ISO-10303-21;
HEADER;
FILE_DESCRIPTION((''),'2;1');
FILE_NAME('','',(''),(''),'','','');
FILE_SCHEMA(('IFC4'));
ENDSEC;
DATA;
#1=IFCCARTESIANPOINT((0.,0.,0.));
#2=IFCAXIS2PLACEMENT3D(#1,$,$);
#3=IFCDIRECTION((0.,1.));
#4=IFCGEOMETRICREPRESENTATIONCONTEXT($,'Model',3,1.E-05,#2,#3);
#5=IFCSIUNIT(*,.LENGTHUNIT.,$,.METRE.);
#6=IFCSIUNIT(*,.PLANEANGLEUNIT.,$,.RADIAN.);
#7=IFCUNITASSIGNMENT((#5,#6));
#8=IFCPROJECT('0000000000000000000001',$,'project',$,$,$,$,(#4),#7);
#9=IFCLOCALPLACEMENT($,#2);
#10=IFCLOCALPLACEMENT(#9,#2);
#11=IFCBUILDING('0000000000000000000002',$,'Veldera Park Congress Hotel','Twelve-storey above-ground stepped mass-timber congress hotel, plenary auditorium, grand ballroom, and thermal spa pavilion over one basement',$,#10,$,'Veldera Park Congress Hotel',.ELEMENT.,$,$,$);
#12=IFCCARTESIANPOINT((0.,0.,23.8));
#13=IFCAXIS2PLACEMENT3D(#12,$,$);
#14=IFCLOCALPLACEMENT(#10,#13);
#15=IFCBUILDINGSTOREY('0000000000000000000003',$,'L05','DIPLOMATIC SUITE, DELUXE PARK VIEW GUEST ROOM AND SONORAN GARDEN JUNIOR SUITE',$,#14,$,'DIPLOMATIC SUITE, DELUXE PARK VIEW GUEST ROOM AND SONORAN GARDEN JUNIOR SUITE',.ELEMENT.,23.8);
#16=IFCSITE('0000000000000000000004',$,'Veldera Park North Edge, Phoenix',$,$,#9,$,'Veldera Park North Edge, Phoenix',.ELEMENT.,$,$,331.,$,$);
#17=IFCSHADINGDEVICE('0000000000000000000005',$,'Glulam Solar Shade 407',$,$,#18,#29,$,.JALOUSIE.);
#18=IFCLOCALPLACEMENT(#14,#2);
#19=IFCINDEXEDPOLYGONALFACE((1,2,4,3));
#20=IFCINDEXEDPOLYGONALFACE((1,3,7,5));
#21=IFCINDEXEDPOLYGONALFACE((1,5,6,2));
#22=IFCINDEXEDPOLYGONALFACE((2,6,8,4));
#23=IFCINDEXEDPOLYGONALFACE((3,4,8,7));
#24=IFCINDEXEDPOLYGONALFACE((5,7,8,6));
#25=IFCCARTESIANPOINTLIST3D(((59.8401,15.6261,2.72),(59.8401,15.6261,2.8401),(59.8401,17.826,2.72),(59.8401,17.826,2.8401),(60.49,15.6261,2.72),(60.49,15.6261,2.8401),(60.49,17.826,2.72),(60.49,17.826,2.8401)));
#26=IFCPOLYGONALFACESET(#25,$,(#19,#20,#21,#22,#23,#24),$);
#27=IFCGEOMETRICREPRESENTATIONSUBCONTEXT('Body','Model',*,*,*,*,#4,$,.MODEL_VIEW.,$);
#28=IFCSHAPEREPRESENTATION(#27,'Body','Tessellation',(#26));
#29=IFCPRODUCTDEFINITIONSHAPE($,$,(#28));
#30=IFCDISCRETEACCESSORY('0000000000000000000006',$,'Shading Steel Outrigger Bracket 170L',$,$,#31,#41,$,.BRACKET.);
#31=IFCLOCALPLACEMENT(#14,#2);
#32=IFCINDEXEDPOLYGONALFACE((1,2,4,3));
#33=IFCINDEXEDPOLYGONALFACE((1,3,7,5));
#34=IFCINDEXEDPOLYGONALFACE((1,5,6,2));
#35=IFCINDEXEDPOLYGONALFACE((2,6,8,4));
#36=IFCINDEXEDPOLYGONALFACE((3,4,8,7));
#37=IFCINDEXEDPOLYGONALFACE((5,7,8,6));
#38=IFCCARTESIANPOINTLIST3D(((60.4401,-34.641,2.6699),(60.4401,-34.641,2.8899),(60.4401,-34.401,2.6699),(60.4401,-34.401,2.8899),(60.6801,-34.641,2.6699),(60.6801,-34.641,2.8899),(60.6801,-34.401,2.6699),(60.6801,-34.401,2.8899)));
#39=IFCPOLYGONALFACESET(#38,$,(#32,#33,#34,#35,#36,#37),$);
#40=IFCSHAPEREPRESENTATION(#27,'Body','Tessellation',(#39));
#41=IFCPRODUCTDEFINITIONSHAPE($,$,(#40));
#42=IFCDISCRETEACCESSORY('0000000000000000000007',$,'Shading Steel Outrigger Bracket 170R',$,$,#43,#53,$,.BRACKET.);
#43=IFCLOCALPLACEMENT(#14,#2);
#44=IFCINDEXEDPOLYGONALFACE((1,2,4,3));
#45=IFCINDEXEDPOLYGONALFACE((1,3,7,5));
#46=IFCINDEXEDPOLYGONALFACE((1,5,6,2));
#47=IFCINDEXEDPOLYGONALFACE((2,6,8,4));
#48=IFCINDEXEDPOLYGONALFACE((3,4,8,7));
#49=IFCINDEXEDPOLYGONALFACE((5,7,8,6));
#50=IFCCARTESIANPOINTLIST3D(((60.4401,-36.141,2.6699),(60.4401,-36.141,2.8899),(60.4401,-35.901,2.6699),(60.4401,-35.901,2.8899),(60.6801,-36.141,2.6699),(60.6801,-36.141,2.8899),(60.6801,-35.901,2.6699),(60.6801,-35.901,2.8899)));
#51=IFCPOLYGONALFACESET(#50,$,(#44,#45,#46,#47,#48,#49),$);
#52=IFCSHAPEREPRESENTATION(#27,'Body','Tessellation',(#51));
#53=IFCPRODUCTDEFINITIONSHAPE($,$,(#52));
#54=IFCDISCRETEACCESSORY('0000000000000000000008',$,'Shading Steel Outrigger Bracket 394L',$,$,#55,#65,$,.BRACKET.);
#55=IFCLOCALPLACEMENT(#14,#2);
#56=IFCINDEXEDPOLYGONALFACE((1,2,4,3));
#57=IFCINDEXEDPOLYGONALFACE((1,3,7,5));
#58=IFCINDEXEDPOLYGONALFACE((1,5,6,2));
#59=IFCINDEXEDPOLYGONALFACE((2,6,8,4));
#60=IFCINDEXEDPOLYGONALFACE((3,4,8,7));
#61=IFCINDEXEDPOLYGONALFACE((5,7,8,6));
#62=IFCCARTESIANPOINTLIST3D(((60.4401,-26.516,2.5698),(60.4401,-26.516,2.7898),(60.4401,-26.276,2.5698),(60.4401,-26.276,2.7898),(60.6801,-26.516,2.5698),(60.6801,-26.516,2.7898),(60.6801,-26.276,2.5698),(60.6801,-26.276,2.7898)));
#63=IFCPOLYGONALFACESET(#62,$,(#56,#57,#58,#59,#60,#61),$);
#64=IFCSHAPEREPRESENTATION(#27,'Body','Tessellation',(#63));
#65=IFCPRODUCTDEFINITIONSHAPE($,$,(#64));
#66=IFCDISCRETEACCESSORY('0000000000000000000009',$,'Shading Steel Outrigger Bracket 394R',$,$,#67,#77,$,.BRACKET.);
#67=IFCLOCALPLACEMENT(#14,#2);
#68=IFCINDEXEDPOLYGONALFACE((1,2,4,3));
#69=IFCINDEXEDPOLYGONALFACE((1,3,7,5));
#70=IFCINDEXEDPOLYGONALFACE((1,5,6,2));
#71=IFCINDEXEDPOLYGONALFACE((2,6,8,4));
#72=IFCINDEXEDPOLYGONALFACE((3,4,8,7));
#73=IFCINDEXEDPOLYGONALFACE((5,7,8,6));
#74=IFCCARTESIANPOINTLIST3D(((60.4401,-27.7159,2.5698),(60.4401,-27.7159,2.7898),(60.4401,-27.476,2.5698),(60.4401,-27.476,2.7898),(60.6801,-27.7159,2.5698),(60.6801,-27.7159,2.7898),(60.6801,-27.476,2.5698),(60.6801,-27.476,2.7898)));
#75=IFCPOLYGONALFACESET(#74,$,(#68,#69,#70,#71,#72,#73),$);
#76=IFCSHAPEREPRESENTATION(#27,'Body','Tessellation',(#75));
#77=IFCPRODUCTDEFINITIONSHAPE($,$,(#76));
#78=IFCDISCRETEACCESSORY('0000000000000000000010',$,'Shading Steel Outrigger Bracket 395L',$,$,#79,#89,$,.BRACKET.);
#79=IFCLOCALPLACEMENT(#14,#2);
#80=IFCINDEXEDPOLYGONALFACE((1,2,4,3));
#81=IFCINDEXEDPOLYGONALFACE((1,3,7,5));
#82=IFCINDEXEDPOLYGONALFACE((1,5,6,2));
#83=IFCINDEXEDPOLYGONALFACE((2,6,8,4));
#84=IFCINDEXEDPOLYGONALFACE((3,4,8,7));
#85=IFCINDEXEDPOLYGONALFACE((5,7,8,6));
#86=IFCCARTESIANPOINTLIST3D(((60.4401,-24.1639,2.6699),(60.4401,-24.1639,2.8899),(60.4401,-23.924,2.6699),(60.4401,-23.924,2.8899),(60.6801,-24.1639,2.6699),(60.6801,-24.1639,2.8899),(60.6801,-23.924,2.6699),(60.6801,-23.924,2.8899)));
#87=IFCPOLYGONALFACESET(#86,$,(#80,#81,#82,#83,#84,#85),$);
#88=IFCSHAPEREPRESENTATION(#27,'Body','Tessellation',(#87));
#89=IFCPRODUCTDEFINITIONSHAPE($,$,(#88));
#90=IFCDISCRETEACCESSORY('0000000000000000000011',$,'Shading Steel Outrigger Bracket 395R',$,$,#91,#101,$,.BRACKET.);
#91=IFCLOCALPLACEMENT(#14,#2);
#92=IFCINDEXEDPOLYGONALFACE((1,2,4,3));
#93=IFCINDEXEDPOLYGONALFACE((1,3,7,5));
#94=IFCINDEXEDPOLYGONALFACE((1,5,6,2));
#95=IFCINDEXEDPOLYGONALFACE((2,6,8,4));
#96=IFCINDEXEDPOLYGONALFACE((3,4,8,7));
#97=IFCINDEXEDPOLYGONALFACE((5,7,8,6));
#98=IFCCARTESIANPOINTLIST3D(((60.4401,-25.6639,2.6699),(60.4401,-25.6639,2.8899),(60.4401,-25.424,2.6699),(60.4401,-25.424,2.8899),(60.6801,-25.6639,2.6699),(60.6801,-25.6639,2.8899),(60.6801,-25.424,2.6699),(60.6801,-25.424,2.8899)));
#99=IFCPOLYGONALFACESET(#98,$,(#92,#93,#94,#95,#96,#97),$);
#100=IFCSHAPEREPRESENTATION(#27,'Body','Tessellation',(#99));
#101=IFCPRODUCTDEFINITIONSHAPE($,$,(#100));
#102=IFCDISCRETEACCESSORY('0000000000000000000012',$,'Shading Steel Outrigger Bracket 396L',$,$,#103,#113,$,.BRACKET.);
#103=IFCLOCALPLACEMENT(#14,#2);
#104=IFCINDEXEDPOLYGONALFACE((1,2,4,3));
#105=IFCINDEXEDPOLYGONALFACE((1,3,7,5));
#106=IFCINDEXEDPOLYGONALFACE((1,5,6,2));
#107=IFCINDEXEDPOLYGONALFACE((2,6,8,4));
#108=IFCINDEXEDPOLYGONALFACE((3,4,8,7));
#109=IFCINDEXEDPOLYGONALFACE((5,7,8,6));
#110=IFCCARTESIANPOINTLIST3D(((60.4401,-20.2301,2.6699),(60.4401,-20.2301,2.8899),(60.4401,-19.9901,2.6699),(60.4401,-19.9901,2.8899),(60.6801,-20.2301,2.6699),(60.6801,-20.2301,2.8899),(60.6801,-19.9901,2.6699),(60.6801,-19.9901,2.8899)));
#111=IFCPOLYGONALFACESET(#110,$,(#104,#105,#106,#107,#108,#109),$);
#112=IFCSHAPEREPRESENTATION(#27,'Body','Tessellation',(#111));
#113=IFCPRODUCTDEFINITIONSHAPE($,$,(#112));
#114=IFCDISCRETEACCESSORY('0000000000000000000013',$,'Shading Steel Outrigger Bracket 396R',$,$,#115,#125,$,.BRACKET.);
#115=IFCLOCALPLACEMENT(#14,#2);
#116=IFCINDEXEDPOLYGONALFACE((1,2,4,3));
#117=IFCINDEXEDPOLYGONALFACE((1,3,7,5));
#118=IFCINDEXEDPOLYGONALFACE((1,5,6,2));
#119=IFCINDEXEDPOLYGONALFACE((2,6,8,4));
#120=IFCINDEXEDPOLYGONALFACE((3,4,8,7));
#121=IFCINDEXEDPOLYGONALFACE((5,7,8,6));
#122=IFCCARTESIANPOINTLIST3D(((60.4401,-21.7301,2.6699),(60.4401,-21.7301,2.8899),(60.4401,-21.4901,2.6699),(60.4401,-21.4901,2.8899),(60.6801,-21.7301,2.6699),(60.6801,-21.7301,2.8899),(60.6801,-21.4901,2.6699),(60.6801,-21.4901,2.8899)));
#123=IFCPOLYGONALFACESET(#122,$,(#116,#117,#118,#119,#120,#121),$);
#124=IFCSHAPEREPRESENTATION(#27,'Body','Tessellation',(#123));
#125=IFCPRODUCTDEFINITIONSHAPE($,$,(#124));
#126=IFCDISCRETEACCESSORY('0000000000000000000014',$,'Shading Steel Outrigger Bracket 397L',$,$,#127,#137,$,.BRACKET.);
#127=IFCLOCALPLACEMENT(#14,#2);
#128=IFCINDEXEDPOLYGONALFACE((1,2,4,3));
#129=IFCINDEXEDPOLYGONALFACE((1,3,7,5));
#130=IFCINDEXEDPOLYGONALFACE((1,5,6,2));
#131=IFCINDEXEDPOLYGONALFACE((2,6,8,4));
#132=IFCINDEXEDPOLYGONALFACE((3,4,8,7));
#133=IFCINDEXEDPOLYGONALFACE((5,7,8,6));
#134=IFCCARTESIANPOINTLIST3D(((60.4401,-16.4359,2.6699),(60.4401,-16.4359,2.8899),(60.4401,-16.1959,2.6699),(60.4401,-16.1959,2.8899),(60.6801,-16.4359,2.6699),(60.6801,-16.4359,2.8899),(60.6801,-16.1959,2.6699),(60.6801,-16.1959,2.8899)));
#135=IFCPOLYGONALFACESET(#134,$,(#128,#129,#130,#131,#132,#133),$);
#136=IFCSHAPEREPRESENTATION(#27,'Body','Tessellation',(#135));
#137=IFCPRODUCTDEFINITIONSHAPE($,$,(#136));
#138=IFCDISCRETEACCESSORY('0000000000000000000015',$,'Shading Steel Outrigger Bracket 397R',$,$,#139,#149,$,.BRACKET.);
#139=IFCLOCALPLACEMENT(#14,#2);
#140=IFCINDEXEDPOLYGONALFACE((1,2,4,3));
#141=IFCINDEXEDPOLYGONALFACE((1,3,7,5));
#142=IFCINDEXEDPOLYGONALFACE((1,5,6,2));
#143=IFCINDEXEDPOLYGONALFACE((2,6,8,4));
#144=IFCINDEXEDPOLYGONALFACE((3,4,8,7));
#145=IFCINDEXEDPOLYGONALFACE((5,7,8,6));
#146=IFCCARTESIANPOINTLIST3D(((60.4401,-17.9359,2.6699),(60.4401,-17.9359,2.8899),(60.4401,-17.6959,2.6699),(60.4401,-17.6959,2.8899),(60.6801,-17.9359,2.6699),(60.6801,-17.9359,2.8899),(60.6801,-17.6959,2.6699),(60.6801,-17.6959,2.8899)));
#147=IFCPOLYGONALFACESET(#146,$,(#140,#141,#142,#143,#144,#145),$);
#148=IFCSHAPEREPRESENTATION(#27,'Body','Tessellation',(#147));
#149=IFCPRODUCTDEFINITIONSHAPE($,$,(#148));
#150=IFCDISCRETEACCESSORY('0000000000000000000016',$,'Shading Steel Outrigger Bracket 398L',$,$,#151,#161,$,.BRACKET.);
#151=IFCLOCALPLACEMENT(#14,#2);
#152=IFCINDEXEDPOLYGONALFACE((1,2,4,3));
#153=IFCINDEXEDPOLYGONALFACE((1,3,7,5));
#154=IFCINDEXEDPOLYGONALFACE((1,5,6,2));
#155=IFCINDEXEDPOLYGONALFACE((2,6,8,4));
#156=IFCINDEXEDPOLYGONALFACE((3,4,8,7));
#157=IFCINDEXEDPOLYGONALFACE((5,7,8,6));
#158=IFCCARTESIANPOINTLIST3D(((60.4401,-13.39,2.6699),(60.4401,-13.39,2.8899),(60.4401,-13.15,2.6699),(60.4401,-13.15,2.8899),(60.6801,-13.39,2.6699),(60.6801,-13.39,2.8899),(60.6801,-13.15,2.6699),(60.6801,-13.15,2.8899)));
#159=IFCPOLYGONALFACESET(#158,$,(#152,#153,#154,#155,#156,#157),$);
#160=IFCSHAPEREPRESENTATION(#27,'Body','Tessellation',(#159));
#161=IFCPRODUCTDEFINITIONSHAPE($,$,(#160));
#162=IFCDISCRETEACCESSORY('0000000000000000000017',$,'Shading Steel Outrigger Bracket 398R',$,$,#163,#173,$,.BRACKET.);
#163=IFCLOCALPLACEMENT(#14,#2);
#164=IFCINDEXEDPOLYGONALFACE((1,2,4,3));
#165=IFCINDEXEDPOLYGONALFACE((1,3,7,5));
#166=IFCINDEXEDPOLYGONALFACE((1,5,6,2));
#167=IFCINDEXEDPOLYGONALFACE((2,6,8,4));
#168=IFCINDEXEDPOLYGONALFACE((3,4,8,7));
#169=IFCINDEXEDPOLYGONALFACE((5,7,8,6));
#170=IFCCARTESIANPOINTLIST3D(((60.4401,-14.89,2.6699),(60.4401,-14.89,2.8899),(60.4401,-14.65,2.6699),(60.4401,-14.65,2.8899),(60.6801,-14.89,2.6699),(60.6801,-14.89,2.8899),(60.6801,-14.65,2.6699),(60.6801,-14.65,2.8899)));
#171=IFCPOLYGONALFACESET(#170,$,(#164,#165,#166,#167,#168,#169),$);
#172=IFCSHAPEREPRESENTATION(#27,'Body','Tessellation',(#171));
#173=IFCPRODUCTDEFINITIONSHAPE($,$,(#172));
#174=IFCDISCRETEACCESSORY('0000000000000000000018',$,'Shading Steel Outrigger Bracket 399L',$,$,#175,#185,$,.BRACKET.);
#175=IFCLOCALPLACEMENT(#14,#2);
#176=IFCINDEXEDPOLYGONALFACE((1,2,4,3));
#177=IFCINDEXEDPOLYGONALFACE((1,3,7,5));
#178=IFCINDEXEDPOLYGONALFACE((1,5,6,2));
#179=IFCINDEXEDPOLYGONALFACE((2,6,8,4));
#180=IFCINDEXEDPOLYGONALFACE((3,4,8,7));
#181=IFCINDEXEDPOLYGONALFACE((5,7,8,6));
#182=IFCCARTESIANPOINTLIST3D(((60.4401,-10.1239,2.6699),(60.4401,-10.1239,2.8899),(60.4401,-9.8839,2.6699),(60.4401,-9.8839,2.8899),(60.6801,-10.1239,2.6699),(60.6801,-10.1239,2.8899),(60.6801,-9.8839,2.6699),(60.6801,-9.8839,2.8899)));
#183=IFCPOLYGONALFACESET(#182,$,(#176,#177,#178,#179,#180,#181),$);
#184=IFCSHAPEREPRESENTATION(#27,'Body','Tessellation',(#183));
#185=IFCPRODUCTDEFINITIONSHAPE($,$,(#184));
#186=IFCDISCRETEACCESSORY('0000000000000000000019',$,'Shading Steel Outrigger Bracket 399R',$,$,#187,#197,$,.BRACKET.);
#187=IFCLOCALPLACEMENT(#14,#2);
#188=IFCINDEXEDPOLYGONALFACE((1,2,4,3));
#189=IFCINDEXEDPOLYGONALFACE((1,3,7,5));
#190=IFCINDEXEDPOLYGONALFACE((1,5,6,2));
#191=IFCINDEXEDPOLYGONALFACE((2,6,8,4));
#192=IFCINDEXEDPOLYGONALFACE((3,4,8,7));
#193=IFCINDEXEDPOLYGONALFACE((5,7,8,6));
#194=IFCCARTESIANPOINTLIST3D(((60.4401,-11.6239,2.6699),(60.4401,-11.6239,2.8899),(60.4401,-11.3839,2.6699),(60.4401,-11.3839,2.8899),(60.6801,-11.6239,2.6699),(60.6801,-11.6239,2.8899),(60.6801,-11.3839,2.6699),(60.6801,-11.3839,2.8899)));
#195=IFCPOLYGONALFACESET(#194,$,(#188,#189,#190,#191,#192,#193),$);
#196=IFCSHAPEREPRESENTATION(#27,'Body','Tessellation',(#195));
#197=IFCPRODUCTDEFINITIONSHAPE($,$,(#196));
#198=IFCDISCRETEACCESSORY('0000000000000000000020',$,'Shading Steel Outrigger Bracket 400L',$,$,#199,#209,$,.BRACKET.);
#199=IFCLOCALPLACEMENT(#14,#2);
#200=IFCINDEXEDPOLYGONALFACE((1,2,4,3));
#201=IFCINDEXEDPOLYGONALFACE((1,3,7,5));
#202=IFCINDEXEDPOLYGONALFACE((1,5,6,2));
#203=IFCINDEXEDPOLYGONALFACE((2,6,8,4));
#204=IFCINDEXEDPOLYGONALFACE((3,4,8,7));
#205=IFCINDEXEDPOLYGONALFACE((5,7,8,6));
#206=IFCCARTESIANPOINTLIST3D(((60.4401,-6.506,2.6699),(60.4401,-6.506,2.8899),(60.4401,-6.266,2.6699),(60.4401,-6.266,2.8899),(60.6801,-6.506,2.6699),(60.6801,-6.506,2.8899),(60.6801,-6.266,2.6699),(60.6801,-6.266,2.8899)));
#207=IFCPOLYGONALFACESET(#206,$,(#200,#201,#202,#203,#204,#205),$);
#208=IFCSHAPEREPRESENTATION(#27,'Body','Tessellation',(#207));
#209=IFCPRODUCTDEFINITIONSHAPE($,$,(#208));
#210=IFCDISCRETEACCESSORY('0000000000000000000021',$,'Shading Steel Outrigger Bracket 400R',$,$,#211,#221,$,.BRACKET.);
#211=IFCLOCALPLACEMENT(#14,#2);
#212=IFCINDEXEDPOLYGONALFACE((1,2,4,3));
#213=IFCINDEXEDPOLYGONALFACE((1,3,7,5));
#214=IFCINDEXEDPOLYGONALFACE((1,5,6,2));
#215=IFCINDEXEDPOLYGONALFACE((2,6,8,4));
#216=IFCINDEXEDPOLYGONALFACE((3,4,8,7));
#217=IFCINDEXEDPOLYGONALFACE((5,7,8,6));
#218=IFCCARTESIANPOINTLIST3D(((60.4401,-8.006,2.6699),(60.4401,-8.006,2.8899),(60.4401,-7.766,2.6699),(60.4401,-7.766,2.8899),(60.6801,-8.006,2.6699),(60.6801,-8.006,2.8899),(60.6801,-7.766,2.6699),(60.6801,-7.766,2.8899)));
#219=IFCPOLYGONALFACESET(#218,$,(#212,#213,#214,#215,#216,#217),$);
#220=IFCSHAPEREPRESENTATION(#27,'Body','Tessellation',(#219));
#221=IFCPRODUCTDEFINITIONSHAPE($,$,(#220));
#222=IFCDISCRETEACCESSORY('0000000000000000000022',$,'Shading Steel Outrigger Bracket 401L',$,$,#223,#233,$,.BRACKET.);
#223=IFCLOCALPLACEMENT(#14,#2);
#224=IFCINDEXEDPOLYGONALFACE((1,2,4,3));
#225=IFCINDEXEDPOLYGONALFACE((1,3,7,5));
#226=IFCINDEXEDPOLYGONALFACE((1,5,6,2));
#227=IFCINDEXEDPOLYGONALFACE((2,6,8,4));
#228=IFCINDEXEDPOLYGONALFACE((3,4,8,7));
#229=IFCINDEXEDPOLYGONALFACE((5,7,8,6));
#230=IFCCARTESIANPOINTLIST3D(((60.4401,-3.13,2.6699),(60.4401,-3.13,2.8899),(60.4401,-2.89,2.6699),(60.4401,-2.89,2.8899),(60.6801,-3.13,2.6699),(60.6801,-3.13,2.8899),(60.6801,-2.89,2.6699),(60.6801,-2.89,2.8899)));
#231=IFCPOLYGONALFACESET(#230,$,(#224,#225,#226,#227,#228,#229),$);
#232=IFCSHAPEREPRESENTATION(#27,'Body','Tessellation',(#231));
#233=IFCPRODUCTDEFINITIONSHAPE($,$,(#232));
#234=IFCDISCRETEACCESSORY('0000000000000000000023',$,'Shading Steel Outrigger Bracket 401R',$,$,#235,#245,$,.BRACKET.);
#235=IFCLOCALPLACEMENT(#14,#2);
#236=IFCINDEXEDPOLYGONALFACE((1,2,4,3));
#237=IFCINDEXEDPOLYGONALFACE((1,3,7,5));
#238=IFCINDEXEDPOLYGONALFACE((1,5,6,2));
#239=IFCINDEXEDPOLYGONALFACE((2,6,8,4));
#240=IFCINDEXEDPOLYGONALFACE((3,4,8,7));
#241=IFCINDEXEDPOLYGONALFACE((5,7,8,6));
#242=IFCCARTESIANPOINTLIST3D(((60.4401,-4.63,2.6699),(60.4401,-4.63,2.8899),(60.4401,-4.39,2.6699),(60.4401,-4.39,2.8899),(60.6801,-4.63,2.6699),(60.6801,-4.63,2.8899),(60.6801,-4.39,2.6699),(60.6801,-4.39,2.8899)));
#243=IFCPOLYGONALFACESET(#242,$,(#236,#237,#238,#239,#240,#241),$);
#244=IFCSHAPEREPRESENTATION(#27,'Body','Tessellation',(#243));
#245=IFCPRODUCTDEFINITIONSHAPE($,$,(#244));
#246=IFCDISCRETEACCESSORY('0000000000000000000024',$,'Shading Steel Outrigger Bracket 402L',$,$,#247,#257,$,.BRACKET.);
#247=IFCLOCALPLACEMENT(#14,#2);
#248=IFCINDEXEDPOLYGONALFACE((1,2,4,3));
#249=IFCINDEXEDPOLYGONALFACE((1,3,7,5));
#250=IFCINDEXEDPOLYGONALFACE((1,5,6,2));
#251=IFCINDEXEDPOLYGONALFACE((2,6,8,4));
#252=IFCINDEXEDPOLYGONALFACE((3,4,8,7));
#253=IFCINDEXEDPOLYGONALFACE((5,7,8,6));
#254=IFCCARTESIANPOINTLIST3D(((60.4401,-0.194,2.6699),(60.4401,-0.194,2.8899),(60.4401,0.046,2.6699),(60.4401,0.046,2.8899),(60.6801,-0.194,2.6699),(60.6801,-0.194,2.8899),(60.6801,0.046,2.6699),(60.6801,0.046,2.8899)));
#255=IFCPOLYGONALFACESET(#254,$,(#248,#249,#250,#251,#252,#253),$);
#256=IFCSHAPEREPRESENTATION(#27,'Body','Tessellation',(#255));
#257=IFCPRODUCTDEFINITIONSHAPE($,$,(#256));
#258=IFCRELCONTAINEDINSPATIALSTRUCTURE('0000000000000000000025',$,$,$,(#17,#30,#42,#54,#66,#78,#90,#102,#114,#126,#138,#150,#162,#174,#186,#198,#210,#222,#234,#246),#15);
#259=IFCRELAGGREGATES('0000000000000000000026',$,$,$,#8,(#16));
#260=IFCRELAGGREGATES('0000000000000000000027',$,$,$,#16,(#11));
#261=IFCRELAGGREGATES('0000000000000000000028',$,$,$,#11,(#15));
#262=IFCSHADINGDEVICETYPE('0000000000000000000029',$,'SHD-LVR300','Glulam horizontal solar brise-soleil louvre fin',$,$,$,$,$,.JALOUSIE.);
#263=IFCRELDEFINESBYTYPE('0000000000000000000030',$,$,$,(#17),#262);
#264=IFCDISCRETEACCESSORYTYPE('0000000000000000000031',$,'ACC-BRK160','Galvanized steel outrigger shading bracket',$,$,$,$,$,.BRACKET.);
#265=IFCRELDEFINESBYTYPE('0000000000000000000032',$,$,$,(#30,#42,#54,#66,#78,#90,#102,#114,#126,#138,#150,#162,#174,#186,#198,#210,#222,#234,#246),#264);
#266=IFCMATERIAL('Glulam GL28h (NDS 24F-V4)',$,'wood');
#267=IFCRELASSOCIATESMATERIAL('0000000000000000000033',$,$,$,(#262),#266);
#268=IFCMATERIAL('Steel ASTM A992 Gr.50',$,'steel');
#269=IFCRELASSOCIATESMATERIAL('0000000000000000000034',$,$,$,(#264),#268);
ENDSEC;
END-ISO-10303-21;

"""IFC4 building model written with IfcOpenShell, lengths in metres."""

from ifc_helpers import new_model, si_unit, direction, frame, origin, origin_2d, place, context, subcontext, project, spatial, rectangle, extrude, material, type_object, element, save


model = new_model("IFC4")

# Units and contexts
model_context = context("Model", 3, precision=1e-05, world=origin(), true_north=direction((0.0, 1.0)))
body_context = subcontext(model_context, "Body", "Model", "MODEL_VIEW")
ifc_project = project(units=[si_unit("LENGTHUNIT", "METRE"), si_unit("PLANEANGLEUNIT", "RADIAN")], contexts=[model_context])

# Site, building, storey
site_placement = place(None, origin())
site = spatial("IfcSite", under=ifc_project, at=site_placement, Name="Veldera Park North Edge, Phoenix", LongName="Veldera Park North Edge, Phoenix", CompositionType="ELEMENT", RefElevation=331.0)
building_placement = place(site_placement, origin())
building = spatial("IfcBuilding", under=site, at=building_placement, Name="Veldera Park Congress Hotel", Description="Twelve-storey above-ground stepped mass-timber congress hotel, plenary auditorium, grand ballroom, and thermal spa pavilion over one basement", LongName="Veldera Park Congress Hotel", CompositionType="ELEMENT")
storey_placement = place(building_placement, frame((0.0, 0.0, 23.8)))
storey = spatial("IfcBuildingStorey", under=building, at=storey_placement, Name="L05", Description="DIPLOMATIC SUITE, DELUXE PARK VIEW GUEST ROOM AND SONORAN GARDEN JUNIOR SUITE", LongName="DIPLOMATIC SUITE, DELUXE PARK VIEW GUEST ROOM AND SONORAN GARDEN JUNIOR SUITE", CompositionType="ELEMENT", Elevation=23.8)

# Shading device
ifc_material_1 = material(Name="Glulam GL28h (NDS 24F-V4)", Category="wood")
shading_device_type = type_object("IfcShadingDeviceType", Name="SHD-LVR300", Description="Glulam horizontal solar brise-soleil louvre fin", PredefinedType="JALOUSIE", material=ifc_material_1)
shading_device_placement = place(storey_placement, frame((60.165, 16.7261, 2.72), z_axis=(0.0, 0.0, 1.0), x_axis=(0.0, -1.0, 0.0)))
element("IfcShadingDevice", 1, at=shading_device_placement, inside=storey, type_object=shading_device_type, Name="Glulam Solar Shade 407", PredefinedType="JALOUSIE", context=body_context, shape_type="SweptSolid", body=[
    extrude(rectangle(XDim=2.2, YDim=0.6499, at=origin_2d()), origin(), (0.0, 0.0, 1.0), 0.1201),
])

# Discrete accessories
ifc_material_2 = material(Name="Steel ASTM A992 Gr.50", Category="steel")
discrete_accessory_type = type_object("IfcDiscreteAccessoryType", Name="ACC-BRK160", Description="Galvanized steel outrigger shading bracket", PredefinedType="BRACKET", material=ifc_material_2)
for number, where, z_axis, x_axis, name in (
    (2, (60.5601, -34.521, 2.6699), (0.0, 0.0, 1.0), (0.0, -1.0, 0.0), "Shading Steel Outrigger Bracket 170L"),
    (3, (60.5601, -36.021, 2.6699), (0.0, 0.0, 1.0), (0.0, -1.0, 0.0), "Shading Steel Outrigger Bracket 170R"),
    (4, (60.5601, -26.396, 2.5698), (0.0, 0.0, 1.0), (0.0, -1.0, 0.0), "Shading Steel Outrigger Bracket 394L"),
    (5, (60.5601, -27.5959, 2.5698), (0.0, 0.0, 1.0), (0.0, -1.0, 0.0), "Shading Steel Outrigger Bracket 394R"),
    (6, (60.5601, -24.0439, 2.6699), (0.0, 0.0, 1.0), (0.0, -1.0, 0.0), "Shading Steel Outrigger Bracket 395L"),
    (7, (60.5601, -25.5439, 2.6699), (0.0, 0.0, 1.0), (0.0, -1.0, 0.0), "Shading Steel Outrigger Bracket 395R"),
    (8, (60.5601, -20.1101, 2.6699), (0.0, 0.0, 1.0), (0.0, -1.0, 0.0), "Shading Steel Outrigger Bracket 396L"),
    (9, (60.5601, -21.6101, 2.6699), (0.0, 0.0, 1.0), (0.0, -1.0, 0.0), "Shading Steel Outrigger Bracket 396R"),
    (10, (60.5601, -16.3159, 2.6699), (0.0, 0.0, 1.0), (0.0, -1.0, 0.0), "Shading Steel Outrigger Bracket 397L"),
    (11, (60.5601, -17.8159, 2.6699), (0.0, 0.0, 1.0), (0.0, -1.0, 0.0), "Shading Steel Outrigger Bracket 397R"),
    (12, (60.5601, -13.27, 2.6699), (0.0, 0.0, 1.0), (0.0, -1.0, 0.0), "Shading Steel Outrigger Bracket 398L"),
    (13, (60.5601, -14.77, 2.6699), (0.0, 0.0, 1.0), (0.0, -1.0, 0.0), "Shading Steel Outrigger Bracket 398R"),
    (14, (60.5601, -10.0039, 2.6699), (0.0, 0.0, 1.0), (0.0, -1.0, 0.0), "Shading Steel Outrigger Bracket 399L"),
    (15, (60.5601, -11.5039, 2.6699), (0.0, 0.0, 1.0), (0.0, -1.0, 0.0), "Shading Steel Outrigger Bracket 399R"),
    (16, (60.5601, -6.386, 2.6699), (0.0, 0.0, 1.0), (0.0, -1.0, 0.0), "Shading Steel Outrigger Bracket 400L"),
    (17, (60.5601, -7.886, 2.6699), (0.0, 0.0, 1.0), (0.0, -1.0, 0.0), "Shading Steel Outrigger Bracket 400R"),
    (18, (60.5601, -3.01, 2.6699), (0.0, 0.0, 1.0), (0.0, -1.0, 0.0), "Shading Steel Outrigger Bracket 401L"),
    (19, (60.5601, -4.51, 2.6699), (0.0, 0.0, 1.0), (0.0, -1.0, 0.0), "Shading Steel Outrigger Bracket 401R"),
    (20, (60.5601, -0.074, 2.6699), (0.0, 0.0, 1.0), (0.0, -1.0, 0.0), "Shading Steel Outrigger Bracket 402L"),
):
    element("IfcDiscreteAccessory", number, at=place(storey_placement, frame(where, z_axis=z_axis, x_axis=x_axis)), inside=storey, type_object=discrete_accessory_type, Name=name, PredefinedType="BRACKET", context=body_context, shape_type="SweptSolid", body=[
        extrude(rectangle(XDim=0.24, YDim=0.24, at=origin_2d()), origin(), (0.0, 0.0, 1.0), 0.22),
    ])

save(model, "model.ifc")
